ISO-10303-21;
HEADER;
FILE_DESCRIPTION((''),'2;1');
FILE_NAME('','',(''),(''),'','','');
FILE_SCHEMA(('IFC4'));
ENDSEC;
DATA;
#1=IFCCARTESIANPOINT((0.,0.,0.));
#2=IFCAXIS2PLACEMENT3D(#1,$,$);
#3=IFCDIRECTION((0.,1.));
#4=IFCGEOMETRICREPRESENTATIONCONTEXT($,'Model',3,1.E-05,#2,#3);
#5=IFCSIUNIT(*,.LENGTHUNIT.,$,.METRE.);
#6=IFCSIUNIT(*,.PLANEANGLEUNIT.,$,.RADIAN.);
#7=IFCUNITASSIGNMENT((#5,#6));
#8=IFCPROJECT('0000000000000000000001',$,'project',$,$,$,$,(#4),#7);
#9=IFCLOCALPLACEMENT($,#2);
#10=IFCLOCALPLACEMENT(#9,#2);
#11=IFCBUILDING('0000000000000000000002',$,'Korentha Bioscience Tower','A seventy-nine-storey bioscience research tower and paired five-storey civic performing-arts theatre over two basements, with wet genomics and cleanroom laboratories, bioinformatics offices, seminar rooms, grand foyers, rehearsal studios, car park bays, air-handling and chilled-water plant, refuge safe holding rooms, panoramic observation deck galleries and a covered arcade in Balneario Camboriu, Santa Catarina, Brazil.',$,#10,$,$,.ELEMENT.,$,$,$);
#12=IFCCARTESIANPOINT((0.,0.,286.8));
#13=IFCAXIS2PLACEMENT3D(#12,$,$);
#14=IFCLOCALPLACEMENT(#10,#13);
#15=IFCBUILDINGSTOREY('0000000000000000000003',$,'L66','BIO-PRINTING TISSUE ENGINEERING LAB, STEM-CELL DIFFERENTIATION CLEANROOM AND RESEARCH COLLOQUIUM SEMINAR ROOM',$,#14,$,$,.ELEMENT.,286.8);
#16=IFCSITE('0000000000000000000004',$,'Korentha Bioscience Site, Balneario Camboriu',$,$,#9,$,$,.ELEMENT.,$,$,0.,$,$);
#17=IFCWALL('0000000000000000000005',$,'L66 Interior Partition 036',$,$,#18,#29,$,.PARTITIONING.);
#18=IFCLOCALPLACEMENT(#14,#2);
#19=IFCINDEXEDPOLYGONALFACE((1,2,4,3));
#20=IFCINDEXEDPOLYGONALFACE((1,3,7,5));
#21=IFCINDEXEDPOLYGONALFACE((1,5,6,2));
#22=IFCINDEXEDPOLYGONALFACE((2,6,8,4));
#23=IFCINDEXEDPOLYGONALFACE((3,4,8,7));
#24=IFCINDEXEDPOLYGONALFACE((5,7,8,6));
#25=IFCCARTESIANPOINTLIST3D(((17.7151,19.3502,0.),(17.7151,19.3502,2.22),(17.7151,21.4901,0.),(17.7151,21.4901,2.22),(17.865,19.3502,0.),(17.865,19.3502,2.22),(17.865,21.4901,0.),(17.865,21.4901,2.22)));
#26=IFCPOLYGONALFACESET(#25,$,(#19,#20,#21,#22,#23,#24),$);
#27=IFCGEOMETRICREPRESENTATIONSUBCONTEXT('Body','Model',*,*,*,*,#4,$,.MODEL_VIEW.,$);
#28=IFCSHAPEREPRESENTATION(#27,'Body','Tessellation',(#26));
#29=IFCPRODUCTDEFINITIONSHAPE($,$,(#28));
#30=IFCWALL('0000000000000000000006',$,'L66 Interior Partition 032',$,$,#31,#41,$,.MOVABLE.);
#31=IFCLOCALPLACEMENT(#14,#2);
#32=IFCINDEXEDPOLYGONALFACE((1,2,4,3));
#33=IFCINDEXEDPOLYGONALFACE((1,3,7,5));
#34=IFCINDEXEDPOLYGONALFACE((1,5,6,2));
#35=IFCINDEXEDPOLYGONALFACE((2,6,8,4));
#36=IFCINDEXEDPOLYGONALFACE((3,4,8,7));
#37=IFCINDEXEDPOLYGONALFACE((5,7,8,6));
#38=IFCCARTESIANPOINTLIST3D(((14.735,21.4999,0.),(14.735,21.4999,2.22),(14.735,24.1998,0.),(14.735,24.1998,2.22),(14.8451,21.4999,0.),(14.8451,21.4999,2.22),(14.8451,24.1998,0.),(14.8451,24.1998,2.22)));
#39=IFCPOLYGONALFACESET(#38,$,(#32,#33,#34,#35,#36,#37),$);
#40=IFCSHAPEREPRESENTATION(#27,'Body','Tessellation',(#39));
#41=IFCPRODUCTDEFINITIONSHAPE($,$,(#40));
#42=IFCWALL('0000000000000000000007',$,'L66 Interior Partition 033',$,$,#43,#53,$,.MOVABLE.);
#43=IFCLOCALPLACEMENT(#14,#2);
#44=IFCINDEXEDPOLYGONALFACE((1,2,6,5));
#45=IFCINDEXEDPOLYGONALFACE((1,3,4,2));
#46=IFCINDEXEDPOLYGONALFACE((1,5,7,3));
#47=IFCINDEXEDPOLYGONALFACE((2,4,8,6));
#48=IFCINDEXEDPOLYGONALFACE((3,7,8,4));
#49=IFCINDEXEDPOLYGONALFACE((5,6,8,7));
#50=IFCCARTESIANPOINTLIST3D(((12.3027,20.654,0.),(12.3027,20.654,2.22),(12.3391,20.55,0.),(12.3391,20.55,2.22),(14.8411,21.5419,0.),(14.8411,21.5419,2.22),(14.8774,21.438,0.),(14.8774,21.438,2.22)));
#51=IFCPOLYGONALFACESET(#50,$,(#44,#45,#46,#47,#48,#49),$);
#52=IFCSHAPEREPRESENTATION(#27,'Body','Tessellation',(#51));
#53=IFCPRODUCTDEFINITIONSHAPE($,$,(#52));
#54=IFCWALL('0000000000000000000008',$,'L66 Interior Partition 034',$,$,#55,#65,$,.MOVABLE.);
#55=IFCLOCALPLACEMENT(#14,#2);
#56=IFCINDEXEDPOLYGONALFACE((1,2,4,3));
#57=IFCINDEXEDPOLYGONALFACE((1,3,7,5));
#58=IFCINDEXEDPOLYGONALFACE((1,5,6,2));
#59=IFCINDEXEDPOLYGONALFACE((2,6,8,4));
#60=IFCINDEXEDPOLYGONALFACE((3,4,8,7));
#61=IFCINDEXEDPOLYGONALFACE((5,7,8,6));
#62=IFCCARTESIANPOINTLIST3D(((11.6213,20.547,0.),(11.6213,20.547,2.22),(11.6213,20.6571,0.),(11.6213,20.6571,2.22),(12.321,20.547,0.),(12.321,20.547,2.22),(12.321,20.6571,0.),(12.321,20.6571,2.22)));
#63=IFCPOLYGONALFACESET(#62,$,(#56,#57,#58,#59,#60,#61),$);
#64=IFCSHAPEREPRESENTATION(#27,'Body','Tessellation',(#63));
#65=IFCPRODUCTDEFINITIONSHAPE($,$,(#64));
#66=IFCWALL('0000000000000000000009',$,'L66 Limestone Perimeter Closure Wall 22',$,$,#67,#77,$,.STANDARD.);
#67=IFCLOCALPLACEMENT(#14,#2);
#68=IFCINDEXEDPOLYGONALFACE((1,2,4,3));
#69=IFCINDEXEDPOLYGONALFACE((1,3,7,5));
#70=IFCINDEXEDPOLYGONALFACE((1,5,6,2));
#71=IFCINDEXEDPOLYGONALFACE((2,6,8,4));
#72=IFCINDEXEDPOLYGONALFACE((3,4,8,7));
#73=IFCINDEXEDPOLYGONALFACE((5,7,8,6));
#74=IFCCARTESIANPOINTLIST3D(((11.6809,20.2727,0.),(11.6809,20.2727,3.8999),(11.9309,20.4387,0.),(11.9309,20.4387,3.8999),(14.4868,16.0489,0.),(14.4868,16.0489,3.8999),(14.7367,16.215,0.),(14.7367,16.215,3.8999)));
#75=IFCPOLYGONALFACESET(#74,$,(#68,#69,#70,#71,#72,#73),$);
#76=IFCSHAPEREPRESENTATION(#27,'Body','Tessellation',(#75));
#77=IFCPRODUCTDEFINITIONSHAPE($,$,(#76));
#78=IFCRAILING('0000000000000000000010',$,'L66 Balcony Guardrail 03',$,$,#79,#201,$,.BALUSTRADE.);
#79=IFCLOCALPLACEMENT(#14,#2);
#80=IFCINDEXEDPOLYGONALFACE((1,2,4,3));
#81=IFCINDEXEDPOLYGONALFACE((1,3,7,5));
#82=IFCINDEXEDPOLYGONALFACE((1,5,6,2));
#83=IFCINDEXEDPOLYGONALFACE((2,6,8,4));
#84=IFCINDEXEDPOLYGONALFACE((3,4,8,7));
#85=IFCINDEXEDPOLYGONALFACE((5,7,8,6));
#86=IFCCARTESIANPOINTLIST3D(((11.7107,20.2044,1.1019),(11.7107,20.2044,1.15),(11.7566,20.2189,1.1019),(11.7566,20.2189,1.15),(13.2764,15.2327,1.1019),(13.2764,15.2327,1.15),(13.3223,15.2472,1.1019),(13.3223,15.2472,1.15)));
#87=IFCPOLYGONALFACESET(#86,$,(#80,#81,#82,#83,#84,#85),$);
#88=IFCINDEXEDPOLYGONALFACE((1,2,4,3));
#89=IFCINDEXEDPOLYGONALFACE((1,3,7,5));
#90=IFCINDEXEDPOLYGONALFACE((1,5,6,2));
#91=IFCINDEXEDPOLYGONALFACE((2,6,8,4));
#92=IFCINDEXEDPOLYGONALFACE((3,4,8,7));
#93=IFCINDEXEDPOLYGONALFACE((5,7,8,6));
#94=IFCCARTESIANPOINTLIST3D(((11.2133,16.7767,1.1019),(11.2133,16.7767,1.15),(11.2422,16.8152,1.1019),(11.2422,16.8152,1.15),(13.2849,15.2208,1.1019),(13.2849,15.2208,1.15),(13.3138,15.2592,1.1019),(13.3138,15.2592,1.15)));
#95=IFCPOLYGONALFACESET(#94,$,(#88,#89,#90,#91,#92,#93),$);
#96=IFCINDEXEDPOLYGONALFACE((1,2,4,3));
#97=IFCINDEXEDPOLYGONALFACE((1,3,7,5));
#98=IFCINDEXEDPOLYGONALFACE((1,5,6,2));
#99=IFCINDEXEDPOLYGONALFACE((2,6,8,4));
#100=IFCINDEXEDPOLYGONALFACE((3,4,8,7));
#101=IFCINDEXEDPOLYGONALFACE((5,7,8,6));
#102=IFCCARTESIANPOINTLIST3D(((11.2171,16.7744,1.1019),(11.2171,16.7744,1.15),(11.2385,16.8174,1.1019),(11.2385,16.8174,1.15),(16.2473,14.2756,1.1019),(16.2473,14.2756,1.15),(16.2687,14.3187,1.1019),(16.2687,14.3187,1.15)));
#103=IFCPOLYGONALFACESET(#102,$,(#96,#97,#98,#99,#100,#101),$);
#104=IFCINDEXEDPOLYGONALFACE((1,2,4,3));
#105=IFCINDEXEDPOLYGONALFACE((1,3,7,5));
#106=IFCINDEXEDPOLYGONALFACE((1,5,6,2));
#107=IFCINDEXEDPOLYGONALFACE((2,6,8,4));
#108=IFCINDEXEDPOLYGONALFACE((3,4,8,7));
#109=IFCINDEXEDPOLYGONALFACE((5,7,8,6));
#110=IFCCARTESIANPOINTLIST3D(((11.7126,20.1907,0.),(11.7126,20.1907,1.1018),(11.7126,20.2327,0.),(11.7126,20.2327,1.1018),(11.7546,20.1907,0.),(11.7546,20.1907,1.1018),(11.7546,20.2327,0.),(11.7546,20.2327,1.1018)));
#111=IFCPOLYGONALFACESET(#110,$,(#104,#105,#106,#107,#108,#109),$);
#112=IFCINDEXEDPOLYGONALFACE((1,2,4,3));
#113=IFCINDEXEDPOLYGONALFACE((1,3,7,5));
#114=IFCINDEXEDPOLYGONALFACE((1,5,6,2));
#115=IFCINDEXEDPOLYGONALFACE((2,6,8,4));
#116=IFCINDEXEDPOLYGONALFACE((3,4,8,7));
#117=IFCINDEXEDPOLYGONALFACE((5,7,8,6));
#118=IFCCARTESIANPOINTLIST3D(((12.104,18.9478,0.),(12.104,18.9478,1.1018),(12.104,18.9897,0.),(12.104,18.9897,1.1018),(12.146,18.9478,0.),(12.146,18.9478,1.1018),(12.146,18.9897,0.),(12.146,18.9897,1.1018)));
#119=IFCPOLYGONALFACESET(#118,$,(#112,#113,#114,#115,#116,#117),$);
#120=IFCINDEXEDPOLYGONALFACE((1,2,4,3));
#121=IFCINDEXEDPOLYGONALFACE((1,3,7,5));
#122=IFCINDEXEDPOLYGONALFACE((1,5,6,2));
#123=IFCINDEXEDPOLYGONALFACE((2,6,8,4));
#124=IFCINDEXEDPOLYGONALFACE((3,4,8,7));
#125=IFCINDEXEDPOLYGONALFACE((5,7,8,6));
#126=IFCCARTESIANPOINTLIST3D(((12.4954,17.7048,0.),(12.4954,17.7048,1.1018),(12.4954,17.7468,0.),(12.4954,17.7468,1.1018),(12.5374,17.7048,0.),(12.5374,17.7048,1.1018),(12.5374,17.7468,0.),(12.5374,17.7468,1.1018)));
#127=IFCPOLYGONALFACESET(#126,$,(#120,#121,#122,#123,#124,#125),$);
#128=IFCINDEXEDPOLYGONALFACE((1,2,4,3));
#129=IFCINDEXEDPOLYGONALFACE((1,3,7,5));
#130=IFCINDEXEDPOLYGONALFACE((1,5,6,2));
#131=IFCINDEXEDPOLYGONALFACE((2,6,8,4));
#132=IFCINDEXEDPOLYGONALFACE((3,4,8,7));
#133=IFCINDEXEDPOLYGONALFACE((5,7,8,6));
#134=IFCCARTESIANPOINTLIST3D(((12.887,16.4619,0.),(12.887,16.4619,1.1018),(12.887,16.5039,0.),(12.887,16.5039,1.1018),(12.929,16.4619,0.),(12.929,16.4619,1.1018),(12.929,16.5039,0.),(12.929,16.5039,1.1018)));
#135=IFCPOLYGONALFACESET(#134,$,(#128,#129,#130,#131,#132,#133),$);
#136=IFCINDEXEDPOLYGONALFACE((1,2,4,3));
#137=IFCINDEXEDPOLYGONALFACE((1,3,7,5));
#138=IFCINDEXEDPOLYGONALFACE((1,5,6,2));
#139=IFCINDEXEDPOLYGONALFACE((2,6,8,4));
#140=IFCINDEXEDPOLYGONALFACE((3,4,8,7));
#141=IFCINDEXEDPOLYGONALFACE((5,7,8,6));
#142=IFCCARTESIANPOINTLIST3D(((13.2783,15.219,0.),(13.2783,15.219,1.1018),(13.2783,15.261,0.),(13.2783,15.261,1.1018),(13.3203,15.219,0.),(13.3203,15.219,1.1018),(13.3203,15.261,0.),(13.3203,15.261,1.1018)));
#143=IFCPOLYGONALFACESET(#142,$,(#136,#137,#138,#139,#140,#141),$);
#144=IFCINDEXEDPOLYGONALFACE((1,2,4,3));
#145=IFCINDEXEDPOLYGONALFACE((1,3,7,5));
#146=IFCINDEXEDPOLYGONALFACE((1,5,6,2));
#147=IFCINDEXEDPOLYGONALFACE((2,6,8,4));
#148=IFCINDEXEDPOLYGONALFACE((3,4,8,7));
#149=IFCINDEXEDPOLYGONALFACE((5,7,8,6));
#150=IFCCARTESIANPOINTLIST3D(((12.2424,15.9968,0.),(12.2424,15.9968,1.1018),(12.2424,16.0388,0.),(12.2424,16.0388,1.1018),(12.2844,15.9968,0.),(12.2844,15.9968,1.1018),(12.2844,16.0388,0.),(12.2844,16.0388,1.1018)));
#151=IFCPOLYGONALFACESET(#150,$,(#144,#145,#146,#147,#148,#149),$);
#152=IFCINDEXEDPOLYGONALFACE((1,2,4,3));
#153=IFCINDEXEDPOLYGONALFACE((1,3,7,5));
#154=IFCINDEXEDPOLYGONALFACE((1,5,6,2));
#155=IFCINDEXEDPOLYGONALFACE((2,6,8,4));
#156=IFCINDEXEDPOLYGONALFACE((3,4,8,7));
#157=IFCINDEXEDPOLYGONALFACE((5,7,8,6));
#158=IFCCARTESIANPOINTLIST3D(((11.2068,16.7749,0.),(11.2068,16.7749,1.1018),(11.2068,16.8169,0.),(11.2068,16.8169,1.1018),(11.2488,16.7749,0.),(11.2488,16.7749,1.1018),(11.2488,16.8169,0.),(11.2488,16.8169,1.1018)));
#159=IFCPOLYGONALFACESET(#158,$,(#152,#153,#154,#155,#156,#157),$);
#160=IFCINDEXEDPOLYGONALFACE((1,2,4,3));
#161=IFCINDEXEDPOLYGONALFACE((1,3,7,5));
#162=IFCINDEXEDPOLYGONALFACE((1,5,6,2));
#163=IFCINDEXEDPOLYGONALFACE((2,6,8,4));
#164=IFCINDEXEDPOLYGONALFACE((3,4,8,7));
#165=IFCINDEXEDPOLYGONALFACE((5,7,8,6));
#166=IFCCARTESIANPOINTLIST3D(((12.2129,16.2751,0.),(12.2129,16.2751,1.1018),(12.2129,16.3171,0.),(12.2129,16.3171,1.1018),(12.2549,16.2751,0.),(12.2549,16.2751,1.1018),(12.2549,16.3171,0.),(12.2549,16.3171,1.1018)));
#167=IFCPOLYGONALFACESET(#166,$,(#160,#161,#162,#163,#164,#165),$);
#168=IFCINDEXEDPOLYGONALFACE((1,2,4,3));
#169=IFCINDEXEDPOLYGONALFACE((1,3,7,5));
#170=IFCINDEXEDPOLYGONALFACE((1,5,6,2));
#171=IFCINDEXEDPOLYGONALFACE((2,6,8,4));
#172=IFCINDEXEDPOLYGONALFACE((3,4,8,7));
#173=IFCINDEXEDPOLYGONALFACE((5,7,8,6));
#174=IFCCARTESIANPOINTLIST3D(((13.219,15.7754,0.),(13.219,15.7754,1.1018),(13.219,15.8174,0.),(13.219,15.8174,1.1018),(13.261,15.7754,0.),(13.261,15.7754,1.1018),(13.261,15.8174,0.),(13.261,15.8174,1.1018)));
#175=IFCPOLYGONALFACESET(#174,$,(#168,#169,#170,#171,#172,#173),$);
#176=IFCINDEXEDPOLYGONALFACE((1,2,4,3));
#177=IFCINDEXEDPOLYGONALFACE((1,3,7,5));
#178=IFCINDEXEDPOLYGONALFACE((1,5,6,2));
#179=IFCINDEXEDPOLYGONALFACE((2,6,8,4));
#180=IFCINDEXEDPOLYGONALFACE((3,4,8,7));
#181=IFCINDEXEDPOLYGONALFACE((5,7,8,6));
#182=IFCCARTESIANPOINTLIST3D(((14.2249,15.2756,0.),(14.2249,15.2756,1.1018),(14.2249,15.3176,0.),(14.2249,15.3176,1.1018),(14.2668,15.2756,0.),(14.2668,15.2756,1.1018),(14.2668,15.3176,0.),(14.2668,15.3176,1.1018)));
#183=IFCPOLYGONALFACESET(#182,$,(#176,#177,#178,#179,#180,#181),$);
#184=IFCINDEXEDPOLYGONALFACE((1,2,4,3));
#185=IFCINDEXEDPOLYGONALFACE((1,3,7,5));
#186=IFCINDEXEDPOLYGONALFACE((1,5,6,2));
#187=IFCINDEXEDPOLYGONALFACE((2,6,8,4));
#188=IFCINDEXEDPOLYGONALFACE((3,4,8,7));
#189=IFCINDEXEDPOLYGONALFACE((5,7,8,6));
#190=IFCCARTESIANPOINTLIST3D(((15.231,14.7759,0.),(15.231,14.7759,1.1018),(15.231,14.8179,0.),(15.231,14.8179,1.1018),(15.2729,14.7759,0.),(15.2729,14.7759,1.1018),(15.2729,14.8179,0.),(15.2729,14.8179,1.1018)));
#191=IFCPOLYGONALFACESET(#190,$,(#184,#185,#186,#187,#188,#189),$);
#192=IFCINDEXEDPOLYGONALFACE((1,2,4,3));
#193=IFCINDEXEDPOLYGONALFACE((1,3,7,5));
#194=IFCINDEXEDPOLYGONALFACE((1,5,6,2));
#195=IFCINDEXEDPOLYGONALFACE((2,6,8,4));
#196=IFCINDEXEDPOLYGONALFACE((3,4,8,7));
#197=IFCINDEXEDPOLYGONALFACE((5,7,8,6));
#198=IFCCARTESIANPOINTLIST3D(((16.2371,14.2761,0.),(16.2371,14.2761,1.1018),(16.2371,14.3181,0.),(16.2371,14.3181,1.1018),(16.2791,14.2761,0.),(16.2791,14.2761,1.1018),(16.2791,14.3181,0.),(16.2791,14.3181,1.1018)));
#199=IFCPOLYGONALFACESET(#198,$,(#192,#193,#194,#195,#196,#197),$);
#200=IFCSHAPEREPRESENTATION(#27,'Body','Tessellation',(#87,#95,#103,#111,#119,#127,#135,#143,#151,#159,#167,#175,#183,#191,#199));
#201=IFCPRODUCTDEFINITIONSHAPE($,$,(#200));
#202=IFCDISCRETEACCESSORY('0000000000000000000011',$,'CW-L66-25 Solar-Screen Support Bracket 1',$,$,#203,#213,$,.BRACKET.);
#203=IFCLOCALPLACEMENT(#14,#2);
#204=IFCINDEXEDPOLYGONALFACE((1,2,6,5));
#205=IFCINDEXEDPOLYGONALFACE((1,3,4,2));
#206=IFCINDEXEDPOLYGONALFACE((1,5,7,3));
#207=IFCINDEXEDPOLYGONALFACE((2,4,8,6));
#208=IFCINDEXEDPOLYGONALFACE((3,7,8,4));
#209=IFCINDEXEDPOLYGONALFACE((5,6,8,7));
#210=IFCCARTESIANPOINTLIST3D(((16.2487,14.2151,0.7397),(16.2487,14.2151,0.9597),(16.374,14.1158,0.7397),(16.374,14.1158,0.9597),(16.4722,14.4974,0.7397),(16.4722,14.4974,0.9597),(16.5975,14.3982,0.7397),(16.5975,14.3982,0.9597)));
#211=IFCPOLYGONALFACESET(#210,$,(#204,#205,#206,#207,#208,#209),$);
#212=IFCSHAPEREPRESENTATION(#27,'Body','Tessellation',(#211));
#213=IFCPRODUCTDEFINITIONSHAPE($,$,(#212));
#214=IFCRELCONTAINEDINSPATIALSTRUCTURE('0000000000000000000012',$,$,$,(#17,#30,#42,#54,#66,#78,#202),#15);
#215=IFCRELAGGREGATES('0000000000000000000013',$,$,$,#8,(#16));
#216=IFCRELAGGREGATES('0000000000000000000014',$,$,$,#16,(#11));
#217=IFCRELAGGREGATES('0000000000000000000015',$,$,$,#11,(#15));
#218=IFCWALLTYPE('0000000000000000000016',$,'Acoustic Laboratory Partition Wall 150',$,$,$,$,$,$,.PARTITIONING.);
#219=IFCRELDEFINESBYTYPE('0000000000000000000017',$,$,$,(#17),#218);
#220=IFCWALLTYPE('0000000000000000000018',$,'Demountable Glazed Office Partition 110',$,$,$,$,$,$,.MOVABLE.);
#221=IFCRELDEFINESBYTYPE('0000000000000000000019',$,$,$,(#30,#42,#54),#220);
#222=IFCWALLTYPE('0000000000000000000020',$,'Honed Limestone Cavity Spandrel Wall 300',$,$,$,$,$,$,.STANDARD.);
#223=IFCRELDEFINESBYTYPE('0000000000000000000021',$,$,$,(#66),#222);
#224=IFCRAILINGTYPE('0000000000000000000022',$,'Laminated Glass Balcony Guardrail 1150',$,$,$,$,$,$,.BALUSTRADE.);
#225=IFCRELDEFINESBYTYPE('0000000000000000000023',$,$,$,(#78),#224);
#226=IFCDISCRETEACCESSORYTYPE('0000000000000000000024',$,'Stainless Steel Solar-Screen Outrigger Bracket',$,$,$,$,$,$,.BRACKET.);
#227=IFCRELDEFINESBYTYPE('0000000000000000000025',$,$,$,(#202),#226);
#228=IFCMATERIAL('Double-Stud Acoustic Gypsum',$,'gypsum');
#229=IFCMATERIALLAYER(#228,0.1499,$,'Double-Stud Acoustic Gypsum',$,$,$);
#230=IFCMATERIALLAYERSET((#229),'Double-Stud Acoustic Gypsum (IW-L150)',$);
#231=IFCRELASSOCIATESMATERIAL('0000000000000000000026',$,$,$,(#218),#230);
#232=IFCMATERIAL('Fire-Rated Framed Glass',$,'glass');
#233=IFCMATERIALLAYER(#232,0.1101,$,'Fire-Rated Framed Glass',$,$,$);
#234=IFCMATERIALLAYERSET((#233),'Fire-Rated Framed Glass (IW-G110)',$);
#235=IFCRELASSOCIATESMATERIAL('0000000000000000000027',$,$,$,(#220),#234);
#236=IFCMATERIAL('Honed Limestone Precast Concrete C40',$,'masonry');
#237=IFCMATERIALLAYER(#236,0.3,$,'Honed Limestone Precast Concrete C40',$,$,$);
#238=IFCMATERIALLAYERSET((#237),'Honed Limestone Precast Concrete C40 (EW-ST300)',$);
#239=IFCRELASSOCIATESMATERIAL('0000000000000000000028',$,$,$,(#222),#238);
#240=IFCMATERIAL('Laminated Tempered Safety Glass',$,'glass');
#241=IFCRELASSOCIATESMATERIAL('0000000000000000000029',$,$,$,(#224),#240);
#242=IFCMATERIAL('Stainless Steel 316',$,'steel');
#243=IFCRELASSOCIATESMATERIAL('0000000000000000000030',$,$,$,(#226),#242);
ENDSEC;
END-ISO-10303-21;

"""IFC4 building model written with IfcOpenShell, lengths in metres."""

from ifc_helpers import new_model, si_unit, direction, frame, frame_2d, origin, origin_2d, place, context, subcontext, project, spatial, rectangle, extrude, material, layer, layer_set, type_object, element, save


model = new_model("IFC4")

# Units and contexts
model_context = context("Model", 3, precision=1e-05, world=origin(), true_north=direction((0.0, 1.0)))
body_context = subcontext(model_context, "Body", "Model", "MODEL_VIEW")
ifc_project = project(units=[si_unit("LENGTHUNIT", "METRE"), si_unit("PLANEANGLEUNIT", "RADIAN")], contexts=[model_context])

# Site, building, storey
site_placement = place(None, origin())
site = spatial("IfcSite", under=ifc_project, at=site_placement, Name="Korentha Bioscience Site, Balneario Camboriu", CompositionType="ELEMENT", RefElevation=0.0)
building_placement = place(site_placement, origin())
building = spatial("IfcBuilding", under=site, at=building_placement, Name="Korentha Bioscience Tower", Description="A seventy-nine-storey bioscience research tower and paired five-storey civic performing-arts theatre over two basements, with wet genomics and cleanroom laboratories, bioinformatics offices, seminar rooms, grand foyers, rehearsal studios, car park bays, air-handling and chilled-water plant, refuge safe holding rooms, panoramic observation deck galleries and a covered arcade in Balneario Camboriu, Santa Catarina, Brazil.", CompositionType="ELEMENT")
storey_placement = place(building_placement, frame((0.0, 0.0, 286.8)))
storey = spatial("IfcBuildingStorey", under=building, at=storey_placement, Name="L66", Description="BIO-PRINTING TISSUE ENGINEERING LAB, STEM-CELL DIFFERENTIATION CLEANROOM AND RESEARCH COLLOQUIUM SEMINAR ROOM", CompositionType="ELEMENT", Elevation=286.8)

# Walls
ifc_material_1 = material(Name="Double-Stud Acoustic Gypsum", Category="gypsum")
ifc_layer_1 = layer(ifc_material_1, 0.1499, Name="Double-Stud Acoustic Gypsum")
ifc_layer_set_1 = layer_set([ifc_layer_1], Name="Double-Stud Acoustic Gypsum (IW-L150)")
wall_type_1 = type_object("IfcWallType", Name="Acoustic Laboratory Partition Wall 150", PredefinedType="PARTITIONING", material=ifc_layer_set_1)
wall_1_placement = place(storey_placement, frame((17.79, 21.49, 0.0), z_axis=(0.0, 0.0, 1.0), x_axis=(0.0, -1.0, 0.0)))
element("IfcWall", 1, at=wall_1_placement, inside=storey, type_object=wall_type_1, Name="L66 Interior Partition 036", PredefinedType="PARTITIONING", context=body_context, shape_type="SweptSolid", body=[
    extrude(rectangle(XDim=2.1399, YDim=0.1499, at=frame_2d((1.0698, 0.0))), origin(), (0.0, 0.0, 1.0), 2.22),
])
ifc_material_2 = material(Name="Fire-Rated Framed Glass", Category="glass")
ifc_layer_2 = layer(ifc_material_2, 0.1101, Name="Fire-Rated Framed Glass")
ifc_layer_set_2 = layer_set([ifc_layer_2], Name="Fire-Rated Framed Glass (IW-G110)")
wall_type_2 = type_object("IfcWallType", Name="Demountable Glazed Office Partition 110", PredefinedType="MOVABLE", material=ifc_layer_set_2)
wall_2_placement = place(storey_placement, frame((14.79, 24.2, 0.0), z_axis=(0.0, 0.0, 1.0), x_axis=(0.0, -1.0, 0.0)))
element("IfcWall", 2, at=wall_2_placement, inside=storey, type_object=wall_type_2, Name="L66 Interior Partition 032", PredefinedType="MOVABLE", context=body_context, shape_type="SweptSolid", body=[
    extrude(rectangle(XDim=2.7, YDim=0.1101, at=frame_2d((1.3501, 0.0))), origin(), (0.0, 0.0, 1.0), 2.22),
])
wall_3_placement = place(storey_placement, frame((14.8594, 21.49, 0.0), z_axis=(0.0, 0.0, 1.0), x_axis=(-0.943914, -0.330193, 0.0)))
element("IfcWall", 3, at=wall_3_placement, inside=storey, type_object=wall_type_2, Name="L66 Interior Partition 033", PredefinedType="MOVABLE", context=body_context, shape_type="SweptSolid", body=[
    extrude(rectangle(XDim=2.6892, YDim=0.1101, at=frame_2d((1.3447, 0.0))), origin(), (0.0, 0.0, 1.0), 2.22),
])
wall_4_placement = place(storey_placement, frame((12.321, 20.6021, 0.0), z_axis=(0.0, 0.0, 1.0), x_axis=(-1.0, 0.0, 0.0)))
element("IfcWall", 4, at=wall_4_placement, inside=storey, type_object=wall_type_2, Name="L66 Interior Partition 034", PredefinedType="MOVABLE", context=body_context, shape_type="SweptSolid", body=[
    extrude(rectangle(XDim=0.6997, YDim=0.1101, at=frame_2d((0.3499, 0.0))), origin(), (0.0, 0.0, 1.0), 2.22),
])

# Shared definitions
ifc_material_3 = material(Name="Honed Limestone Precast Concrete C40", Category="masonry")
ifc_layer_3 = layer(ifc_material_3, 0.3, Name="Honed Limestone Precast Concrete C40")
ifc_layer_set_3 = layer_set([ifc_layer_3], Name="Honed Limestone Precast Concrete C40 (EW-ST300)")
wall_type_3 = type_object("IfcWallType", Name="Honed Limestone Cavity Spandrel Wall 300", PredefinedType="STANDARD", material=ifc_layer_set_3)

# Wall
wall_5_placement = place(storey_placement, frame((11.8059, 20.3557, 0.0), z_axis=(0.0, 0.0, 1.0), x_axis=(0.553333, -0.83296, 0.0)))
element("IfcWall", 5, at=wall_5_placement, inside=storey, type_object=wall_type_3, Name="L66 Limestone Perimeter Closure Wall 22", PredefinedType="STANDARD", context=body_context, shape_type="SweptSolid", body=[
    extrude(rectangle(XDim=5.0708, YDim=0.3, at=frame_2d((2.5354, 0.0))), origin(), (0.0, 0.0, 1.0), 3.8999),
])

# Railing
ifc_material_4 = material(Name="Laminated Tempered Safety Glass", Category="glass")
railing_type = type_object("IfcRailingType", Name="Laminated Glass Balcony Guardrail 1150", PredefinedType="BALUSTRADE", material=ifc_material_4)
railing_placement = place(storey_placement, frame((11.7336, 20.2117, 0.0)))
element("IfcRailing", 6, at=railing_placement, inside=storey, type_object=railing_type, Name="L66 Balcony Guardrail 03", PredefinedType="BALUSTRADE", context=body_context, shape_type="SweptSolid", body=[
    extrude(rectangle(XDim=0.0481, YDim=0.0481, at=origin_2d()), frame((0.0, 0.0, 1.126), z_axis=(0.300376, -0.953821, 0.0), x_axis=(0.953821, 0.300376, 0.0)), (0.0, 0.0, 1.0), 5.2124),
    extrude(rectangle(XDim=0.0481, YDim=0.0481, at=origin_2d()), frame((1.5657, -4.9717, 1.126), z_axis=(-0.799581, 0.600558, 0.0), x_axis=(-0.600558, -0.799581, 0.0)), (0.0, 0.0, 1.0), 2.5908),
    extrude(rectangle(XDim=0.0481, YDim=0.0481, at=origin_2d()), frame((-0.5059, -3.4158, 1.126), z_axis=(0.895589, -0.444882, 0.0), x_axis=(0.444882, 0.895589, 0.0)), (0.0, 0.0, 1.0), 5.6167),
    extrude(rectangle(XDim=0.042, YDim=0.042, at=origin_2d()), origin(), (0.0, 0.0, 1.0), 1.1018),
    extrude(rectangle(XDim=0.042, YDim=0.042, at=origin_2d()), frame((0.3914, -1.2429, 0.0)), (0.0, 0.0, 1.0), 1.1018),
    extrude(rectangle(XDim=0.042, YDim=0.042, at=origin_2d()), frame((0.7827, -2.4858, 0.0)), (0.0, 0.0, 1.0), 1.1018),
    extrude(rectangle(XDim=0.042, YDim=0.042, at=origin_2d()), frame((1.1743, -3.7288, 0.0)), (0.0, 0.0, 1.0), 1.1018),
    extrude(rectangle(XDim=0.042, YDim=0.042, at=origin_2d()), frame((1.5657, -4.9717, 0.0)), (0.0, 0.0, 1.0), 1.1018),
    extrude(rectangle(XDim=0.042, YDim=0.042, at=origin_2d()), frame((0.5298, -4.1938, 0.0)), (0.0, 0.0, 1.0), 1.1018),
    extrude(rectangle(XDim=0.042, YDim=0.042, at=origin_2d()), frame((-0.5059, -3.4158, 0.0)), (0.0, 0.0, 1.0), 1.1018),
    extrude(rectangle(XDim=0.042, YDim=0.042, at=origin_2d()), frame((0.5002, -3.9155, 0.0)), (0.0, 0.0, 1.0), 1.1018),
    extrude(rectangle(XDim=0.042, YDim=0.042, at=origin_2d()), frame((1.5063, -4.4153, 0.0)), (0.0, 0.0, 1.0), 1.1018),
    extrude(rectangle(XDim=0.042, YDim=0.042, at=origin_2d()), frame((2.5122, -4.915, 0.0)), (0.0, 0.0, 1.0), 1.1018),
    extrude(rectangle(XDim=0.042, YDim=0.042, at=origin_2d()), frame((3.5183, -5.4148, 0.0)), (0.0, 0.0, 1.0), 1.1018),
    extrude(rectangle(XDim=0.042, YDim=0.042, at=origin_2d()), frame((4.5244, -5.9146, 0.0)), (0.0, 0.0, 1.0), 1.1018),
])

# Discrete accessory
ifc_material_5 = material(Name="Stainless Steel 316", Category="steel")
discrete_accessory_type = type_object("IfcDiscreteAccessoryType", Name="Stainless Steel Solar-Screen Outrigger Bracket", PredefinedType="BRACKET", material=ifc_material_5)
discrete_accessory_placement = place(storey_placement, frame((16.4231, 14.3066, 0.7397), z_axis=(0.0, 0.0, 1.0), x_axis=(0.784076, -0.620665, 0.0)))
element("IfcDiscreteAccessory", 7, at=discrete_accessory_placement, inside=storey, type_object=discrete_accessory_type, Name="CW-L66-25 Solar-Screen Support Bracket 1", PredefinedType="BRACKET", context=body_context, shape_type="SweptSolid", body=[
    extrude(rectangle(XDim=0.1599, YDim=0.3601, at=origin_2d()), origin(), (0.0, 0.0, 1.0), 0.22),
])

save(model, "model.ifc")
